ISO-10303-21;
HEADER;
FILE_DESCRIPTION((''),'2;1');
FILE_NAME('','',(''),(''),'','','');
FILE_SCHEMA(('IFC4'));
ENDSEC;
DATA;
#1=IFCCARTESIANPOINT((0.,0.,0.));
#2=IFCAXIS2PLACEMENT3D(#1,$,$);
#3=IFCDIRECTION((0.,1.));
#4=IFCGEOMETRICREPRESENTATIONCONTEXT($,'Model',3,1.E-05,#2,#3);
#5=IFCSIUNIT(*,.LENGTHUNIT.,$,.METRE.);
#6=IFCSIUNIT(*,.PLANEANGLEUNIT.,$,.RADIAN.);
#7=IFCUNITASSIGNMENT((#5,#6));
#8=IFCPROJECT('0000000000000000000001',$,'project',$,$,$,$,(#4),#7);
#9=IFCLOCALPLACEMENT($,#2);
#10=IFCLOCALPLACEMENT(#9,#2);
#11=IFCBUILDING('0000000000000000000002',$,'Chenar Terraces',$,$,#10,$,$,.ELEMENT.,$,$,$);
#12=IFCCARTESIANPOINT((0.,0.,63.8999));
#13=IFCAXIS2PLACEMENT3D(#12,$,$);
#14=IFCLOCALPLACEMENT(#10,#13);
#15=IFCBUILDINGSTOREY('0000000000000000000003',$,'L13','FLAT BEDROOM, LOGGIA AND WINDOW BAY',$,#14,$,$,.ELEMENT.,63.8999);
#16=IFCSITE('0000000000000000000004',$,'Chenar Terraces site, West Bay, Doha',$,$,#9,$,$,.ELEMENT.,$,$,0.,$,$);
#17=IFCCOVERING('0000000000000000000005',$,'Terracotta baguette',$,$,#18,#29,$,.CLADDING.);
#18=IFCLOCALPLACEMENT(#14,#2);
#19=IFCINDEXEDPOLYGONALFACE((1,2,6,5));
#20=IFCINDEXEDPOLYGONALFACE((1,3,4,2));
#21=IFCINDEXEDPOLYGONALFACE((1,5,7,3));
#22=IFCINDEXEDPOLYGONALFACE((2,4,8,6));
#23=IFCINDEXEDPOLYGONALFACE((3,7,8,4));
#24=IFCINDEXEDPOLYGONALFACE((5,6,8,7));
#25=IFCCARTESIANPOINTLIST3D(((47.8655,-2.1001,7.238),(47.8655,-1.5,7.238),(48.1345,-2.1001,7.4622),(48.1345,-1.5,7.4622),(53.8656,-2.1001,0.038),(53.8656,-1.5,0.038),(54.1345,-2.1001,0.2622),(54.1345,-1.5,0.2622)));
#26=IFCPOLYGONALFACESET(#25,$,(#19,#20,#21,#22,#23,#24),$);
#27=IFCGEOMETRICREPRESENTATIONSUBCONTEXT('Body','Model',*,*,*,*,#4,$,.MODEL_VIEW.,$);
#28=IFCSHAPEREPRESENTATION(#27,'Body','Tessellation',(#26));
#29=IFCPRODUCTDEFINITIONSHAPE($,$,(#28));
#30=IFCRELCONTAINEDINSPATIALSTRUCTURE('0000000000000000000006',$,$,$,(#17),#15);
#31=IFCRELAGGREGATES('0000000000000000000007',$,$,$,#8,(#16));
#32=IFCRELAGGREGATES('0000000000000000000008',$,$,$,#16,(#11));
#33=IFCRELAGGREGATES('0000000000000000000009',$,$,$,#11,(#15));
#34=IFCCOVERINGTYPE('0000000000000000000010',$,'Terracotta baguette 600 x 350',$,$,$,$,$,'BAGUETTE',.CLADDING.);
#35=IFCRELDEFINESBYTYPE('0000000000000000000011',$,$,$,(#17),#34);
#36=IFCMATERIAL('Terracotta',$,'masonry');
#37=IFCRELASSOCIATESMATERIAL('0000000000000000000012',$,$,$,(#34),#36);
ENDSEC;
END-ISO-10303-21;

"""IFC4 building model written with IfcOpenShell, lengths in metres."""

from ifc_helpers import new_model, si_unit, direction, frame, origin, origin_2d, place, context, subcontext, project, spatial, rectangle, extrude, material, material_profile, profile_set, type_object, element, save


model = new_model("IFC4")

# Units and contexts
model_context = context("Model", 3, precision=1e-05, world=origin(), true_north=direction((0.0, 1.0)))
body_context = subcontext(model_context, "Body", "Model", "MODEL_VIEW")
ifc_project = project(units=[si_unit("LENGTHUNIT", "METRE"), si_unit("PLANEANGLEUNIT", "RADIAN")], contexts=[model_context])

# Site, building, storey
site_placement = place(None, origin())
site = spatial("IfcSite", under=ifc_project, at=site_placement, Name="Chenar Terraces site, West Bay, Doha", CompositionType="ELEMENT", RefElevation=0.0)
building_placement = place(site_placement, origin())
building = spatial("IfcBuilding", under=site, at=building_placement, Name="Chenar Terraces", CompositionType="ELEMENT")
storey_placement = place(building_placement, frame((0.0, 0.0, 63.8999)))
storey = spatial("IfcBuildingStorey", under=building, at=storey_placement, Name="L13", Description="FLAT BEDROOM, LOGGIA AND WINDOW BAY", CompositionType="ELEMENT", Elevation=63.8999)

# Covering
ifc_material_1 = material(Name="Terracotta", Category="masonry")
ifc_material_profile_1 = material_profile(ifc_material_1, rectangle(XDim=0.6001, YDim=0.3501, at=origin_2d()), Name="Terracotta baguette 600 x 350")
ifc_profile_set_1 = profile_set([ifc_material_profile_1], Name="Terracotta")
covering_type = type_object("IfcCoveringType", Name="Terracotta baguette 600 x 350", ElementType="BAGUETTE", PredefinedType="CLADDING", material=ifc_profile_set_1)
for number, where, z_axis, x_axis, name in (
    (1, (48.0, -1.8, 7.3501), (0.640187, 0.0, -0.768219), (0.0, 1.0, 0.0), "Terracotta baguette"),
):
    element("IfcCovering", number, at=place(storey_placement, frame(where, z_axis=z_axis, x_axis=x_axis)), inside=storey, type_object=covering_type, Name=name, PredefinedType="CLADDING", context=body_context, shape_type="SweptSolid", body=[
        extrude(rectangle(XDim=0.6001, YDim=0.3501, at=origin_2d()), origin(), (0.0, 0.0, 1.0), 9.3723),
    ])

save(model, "model.ifc")
